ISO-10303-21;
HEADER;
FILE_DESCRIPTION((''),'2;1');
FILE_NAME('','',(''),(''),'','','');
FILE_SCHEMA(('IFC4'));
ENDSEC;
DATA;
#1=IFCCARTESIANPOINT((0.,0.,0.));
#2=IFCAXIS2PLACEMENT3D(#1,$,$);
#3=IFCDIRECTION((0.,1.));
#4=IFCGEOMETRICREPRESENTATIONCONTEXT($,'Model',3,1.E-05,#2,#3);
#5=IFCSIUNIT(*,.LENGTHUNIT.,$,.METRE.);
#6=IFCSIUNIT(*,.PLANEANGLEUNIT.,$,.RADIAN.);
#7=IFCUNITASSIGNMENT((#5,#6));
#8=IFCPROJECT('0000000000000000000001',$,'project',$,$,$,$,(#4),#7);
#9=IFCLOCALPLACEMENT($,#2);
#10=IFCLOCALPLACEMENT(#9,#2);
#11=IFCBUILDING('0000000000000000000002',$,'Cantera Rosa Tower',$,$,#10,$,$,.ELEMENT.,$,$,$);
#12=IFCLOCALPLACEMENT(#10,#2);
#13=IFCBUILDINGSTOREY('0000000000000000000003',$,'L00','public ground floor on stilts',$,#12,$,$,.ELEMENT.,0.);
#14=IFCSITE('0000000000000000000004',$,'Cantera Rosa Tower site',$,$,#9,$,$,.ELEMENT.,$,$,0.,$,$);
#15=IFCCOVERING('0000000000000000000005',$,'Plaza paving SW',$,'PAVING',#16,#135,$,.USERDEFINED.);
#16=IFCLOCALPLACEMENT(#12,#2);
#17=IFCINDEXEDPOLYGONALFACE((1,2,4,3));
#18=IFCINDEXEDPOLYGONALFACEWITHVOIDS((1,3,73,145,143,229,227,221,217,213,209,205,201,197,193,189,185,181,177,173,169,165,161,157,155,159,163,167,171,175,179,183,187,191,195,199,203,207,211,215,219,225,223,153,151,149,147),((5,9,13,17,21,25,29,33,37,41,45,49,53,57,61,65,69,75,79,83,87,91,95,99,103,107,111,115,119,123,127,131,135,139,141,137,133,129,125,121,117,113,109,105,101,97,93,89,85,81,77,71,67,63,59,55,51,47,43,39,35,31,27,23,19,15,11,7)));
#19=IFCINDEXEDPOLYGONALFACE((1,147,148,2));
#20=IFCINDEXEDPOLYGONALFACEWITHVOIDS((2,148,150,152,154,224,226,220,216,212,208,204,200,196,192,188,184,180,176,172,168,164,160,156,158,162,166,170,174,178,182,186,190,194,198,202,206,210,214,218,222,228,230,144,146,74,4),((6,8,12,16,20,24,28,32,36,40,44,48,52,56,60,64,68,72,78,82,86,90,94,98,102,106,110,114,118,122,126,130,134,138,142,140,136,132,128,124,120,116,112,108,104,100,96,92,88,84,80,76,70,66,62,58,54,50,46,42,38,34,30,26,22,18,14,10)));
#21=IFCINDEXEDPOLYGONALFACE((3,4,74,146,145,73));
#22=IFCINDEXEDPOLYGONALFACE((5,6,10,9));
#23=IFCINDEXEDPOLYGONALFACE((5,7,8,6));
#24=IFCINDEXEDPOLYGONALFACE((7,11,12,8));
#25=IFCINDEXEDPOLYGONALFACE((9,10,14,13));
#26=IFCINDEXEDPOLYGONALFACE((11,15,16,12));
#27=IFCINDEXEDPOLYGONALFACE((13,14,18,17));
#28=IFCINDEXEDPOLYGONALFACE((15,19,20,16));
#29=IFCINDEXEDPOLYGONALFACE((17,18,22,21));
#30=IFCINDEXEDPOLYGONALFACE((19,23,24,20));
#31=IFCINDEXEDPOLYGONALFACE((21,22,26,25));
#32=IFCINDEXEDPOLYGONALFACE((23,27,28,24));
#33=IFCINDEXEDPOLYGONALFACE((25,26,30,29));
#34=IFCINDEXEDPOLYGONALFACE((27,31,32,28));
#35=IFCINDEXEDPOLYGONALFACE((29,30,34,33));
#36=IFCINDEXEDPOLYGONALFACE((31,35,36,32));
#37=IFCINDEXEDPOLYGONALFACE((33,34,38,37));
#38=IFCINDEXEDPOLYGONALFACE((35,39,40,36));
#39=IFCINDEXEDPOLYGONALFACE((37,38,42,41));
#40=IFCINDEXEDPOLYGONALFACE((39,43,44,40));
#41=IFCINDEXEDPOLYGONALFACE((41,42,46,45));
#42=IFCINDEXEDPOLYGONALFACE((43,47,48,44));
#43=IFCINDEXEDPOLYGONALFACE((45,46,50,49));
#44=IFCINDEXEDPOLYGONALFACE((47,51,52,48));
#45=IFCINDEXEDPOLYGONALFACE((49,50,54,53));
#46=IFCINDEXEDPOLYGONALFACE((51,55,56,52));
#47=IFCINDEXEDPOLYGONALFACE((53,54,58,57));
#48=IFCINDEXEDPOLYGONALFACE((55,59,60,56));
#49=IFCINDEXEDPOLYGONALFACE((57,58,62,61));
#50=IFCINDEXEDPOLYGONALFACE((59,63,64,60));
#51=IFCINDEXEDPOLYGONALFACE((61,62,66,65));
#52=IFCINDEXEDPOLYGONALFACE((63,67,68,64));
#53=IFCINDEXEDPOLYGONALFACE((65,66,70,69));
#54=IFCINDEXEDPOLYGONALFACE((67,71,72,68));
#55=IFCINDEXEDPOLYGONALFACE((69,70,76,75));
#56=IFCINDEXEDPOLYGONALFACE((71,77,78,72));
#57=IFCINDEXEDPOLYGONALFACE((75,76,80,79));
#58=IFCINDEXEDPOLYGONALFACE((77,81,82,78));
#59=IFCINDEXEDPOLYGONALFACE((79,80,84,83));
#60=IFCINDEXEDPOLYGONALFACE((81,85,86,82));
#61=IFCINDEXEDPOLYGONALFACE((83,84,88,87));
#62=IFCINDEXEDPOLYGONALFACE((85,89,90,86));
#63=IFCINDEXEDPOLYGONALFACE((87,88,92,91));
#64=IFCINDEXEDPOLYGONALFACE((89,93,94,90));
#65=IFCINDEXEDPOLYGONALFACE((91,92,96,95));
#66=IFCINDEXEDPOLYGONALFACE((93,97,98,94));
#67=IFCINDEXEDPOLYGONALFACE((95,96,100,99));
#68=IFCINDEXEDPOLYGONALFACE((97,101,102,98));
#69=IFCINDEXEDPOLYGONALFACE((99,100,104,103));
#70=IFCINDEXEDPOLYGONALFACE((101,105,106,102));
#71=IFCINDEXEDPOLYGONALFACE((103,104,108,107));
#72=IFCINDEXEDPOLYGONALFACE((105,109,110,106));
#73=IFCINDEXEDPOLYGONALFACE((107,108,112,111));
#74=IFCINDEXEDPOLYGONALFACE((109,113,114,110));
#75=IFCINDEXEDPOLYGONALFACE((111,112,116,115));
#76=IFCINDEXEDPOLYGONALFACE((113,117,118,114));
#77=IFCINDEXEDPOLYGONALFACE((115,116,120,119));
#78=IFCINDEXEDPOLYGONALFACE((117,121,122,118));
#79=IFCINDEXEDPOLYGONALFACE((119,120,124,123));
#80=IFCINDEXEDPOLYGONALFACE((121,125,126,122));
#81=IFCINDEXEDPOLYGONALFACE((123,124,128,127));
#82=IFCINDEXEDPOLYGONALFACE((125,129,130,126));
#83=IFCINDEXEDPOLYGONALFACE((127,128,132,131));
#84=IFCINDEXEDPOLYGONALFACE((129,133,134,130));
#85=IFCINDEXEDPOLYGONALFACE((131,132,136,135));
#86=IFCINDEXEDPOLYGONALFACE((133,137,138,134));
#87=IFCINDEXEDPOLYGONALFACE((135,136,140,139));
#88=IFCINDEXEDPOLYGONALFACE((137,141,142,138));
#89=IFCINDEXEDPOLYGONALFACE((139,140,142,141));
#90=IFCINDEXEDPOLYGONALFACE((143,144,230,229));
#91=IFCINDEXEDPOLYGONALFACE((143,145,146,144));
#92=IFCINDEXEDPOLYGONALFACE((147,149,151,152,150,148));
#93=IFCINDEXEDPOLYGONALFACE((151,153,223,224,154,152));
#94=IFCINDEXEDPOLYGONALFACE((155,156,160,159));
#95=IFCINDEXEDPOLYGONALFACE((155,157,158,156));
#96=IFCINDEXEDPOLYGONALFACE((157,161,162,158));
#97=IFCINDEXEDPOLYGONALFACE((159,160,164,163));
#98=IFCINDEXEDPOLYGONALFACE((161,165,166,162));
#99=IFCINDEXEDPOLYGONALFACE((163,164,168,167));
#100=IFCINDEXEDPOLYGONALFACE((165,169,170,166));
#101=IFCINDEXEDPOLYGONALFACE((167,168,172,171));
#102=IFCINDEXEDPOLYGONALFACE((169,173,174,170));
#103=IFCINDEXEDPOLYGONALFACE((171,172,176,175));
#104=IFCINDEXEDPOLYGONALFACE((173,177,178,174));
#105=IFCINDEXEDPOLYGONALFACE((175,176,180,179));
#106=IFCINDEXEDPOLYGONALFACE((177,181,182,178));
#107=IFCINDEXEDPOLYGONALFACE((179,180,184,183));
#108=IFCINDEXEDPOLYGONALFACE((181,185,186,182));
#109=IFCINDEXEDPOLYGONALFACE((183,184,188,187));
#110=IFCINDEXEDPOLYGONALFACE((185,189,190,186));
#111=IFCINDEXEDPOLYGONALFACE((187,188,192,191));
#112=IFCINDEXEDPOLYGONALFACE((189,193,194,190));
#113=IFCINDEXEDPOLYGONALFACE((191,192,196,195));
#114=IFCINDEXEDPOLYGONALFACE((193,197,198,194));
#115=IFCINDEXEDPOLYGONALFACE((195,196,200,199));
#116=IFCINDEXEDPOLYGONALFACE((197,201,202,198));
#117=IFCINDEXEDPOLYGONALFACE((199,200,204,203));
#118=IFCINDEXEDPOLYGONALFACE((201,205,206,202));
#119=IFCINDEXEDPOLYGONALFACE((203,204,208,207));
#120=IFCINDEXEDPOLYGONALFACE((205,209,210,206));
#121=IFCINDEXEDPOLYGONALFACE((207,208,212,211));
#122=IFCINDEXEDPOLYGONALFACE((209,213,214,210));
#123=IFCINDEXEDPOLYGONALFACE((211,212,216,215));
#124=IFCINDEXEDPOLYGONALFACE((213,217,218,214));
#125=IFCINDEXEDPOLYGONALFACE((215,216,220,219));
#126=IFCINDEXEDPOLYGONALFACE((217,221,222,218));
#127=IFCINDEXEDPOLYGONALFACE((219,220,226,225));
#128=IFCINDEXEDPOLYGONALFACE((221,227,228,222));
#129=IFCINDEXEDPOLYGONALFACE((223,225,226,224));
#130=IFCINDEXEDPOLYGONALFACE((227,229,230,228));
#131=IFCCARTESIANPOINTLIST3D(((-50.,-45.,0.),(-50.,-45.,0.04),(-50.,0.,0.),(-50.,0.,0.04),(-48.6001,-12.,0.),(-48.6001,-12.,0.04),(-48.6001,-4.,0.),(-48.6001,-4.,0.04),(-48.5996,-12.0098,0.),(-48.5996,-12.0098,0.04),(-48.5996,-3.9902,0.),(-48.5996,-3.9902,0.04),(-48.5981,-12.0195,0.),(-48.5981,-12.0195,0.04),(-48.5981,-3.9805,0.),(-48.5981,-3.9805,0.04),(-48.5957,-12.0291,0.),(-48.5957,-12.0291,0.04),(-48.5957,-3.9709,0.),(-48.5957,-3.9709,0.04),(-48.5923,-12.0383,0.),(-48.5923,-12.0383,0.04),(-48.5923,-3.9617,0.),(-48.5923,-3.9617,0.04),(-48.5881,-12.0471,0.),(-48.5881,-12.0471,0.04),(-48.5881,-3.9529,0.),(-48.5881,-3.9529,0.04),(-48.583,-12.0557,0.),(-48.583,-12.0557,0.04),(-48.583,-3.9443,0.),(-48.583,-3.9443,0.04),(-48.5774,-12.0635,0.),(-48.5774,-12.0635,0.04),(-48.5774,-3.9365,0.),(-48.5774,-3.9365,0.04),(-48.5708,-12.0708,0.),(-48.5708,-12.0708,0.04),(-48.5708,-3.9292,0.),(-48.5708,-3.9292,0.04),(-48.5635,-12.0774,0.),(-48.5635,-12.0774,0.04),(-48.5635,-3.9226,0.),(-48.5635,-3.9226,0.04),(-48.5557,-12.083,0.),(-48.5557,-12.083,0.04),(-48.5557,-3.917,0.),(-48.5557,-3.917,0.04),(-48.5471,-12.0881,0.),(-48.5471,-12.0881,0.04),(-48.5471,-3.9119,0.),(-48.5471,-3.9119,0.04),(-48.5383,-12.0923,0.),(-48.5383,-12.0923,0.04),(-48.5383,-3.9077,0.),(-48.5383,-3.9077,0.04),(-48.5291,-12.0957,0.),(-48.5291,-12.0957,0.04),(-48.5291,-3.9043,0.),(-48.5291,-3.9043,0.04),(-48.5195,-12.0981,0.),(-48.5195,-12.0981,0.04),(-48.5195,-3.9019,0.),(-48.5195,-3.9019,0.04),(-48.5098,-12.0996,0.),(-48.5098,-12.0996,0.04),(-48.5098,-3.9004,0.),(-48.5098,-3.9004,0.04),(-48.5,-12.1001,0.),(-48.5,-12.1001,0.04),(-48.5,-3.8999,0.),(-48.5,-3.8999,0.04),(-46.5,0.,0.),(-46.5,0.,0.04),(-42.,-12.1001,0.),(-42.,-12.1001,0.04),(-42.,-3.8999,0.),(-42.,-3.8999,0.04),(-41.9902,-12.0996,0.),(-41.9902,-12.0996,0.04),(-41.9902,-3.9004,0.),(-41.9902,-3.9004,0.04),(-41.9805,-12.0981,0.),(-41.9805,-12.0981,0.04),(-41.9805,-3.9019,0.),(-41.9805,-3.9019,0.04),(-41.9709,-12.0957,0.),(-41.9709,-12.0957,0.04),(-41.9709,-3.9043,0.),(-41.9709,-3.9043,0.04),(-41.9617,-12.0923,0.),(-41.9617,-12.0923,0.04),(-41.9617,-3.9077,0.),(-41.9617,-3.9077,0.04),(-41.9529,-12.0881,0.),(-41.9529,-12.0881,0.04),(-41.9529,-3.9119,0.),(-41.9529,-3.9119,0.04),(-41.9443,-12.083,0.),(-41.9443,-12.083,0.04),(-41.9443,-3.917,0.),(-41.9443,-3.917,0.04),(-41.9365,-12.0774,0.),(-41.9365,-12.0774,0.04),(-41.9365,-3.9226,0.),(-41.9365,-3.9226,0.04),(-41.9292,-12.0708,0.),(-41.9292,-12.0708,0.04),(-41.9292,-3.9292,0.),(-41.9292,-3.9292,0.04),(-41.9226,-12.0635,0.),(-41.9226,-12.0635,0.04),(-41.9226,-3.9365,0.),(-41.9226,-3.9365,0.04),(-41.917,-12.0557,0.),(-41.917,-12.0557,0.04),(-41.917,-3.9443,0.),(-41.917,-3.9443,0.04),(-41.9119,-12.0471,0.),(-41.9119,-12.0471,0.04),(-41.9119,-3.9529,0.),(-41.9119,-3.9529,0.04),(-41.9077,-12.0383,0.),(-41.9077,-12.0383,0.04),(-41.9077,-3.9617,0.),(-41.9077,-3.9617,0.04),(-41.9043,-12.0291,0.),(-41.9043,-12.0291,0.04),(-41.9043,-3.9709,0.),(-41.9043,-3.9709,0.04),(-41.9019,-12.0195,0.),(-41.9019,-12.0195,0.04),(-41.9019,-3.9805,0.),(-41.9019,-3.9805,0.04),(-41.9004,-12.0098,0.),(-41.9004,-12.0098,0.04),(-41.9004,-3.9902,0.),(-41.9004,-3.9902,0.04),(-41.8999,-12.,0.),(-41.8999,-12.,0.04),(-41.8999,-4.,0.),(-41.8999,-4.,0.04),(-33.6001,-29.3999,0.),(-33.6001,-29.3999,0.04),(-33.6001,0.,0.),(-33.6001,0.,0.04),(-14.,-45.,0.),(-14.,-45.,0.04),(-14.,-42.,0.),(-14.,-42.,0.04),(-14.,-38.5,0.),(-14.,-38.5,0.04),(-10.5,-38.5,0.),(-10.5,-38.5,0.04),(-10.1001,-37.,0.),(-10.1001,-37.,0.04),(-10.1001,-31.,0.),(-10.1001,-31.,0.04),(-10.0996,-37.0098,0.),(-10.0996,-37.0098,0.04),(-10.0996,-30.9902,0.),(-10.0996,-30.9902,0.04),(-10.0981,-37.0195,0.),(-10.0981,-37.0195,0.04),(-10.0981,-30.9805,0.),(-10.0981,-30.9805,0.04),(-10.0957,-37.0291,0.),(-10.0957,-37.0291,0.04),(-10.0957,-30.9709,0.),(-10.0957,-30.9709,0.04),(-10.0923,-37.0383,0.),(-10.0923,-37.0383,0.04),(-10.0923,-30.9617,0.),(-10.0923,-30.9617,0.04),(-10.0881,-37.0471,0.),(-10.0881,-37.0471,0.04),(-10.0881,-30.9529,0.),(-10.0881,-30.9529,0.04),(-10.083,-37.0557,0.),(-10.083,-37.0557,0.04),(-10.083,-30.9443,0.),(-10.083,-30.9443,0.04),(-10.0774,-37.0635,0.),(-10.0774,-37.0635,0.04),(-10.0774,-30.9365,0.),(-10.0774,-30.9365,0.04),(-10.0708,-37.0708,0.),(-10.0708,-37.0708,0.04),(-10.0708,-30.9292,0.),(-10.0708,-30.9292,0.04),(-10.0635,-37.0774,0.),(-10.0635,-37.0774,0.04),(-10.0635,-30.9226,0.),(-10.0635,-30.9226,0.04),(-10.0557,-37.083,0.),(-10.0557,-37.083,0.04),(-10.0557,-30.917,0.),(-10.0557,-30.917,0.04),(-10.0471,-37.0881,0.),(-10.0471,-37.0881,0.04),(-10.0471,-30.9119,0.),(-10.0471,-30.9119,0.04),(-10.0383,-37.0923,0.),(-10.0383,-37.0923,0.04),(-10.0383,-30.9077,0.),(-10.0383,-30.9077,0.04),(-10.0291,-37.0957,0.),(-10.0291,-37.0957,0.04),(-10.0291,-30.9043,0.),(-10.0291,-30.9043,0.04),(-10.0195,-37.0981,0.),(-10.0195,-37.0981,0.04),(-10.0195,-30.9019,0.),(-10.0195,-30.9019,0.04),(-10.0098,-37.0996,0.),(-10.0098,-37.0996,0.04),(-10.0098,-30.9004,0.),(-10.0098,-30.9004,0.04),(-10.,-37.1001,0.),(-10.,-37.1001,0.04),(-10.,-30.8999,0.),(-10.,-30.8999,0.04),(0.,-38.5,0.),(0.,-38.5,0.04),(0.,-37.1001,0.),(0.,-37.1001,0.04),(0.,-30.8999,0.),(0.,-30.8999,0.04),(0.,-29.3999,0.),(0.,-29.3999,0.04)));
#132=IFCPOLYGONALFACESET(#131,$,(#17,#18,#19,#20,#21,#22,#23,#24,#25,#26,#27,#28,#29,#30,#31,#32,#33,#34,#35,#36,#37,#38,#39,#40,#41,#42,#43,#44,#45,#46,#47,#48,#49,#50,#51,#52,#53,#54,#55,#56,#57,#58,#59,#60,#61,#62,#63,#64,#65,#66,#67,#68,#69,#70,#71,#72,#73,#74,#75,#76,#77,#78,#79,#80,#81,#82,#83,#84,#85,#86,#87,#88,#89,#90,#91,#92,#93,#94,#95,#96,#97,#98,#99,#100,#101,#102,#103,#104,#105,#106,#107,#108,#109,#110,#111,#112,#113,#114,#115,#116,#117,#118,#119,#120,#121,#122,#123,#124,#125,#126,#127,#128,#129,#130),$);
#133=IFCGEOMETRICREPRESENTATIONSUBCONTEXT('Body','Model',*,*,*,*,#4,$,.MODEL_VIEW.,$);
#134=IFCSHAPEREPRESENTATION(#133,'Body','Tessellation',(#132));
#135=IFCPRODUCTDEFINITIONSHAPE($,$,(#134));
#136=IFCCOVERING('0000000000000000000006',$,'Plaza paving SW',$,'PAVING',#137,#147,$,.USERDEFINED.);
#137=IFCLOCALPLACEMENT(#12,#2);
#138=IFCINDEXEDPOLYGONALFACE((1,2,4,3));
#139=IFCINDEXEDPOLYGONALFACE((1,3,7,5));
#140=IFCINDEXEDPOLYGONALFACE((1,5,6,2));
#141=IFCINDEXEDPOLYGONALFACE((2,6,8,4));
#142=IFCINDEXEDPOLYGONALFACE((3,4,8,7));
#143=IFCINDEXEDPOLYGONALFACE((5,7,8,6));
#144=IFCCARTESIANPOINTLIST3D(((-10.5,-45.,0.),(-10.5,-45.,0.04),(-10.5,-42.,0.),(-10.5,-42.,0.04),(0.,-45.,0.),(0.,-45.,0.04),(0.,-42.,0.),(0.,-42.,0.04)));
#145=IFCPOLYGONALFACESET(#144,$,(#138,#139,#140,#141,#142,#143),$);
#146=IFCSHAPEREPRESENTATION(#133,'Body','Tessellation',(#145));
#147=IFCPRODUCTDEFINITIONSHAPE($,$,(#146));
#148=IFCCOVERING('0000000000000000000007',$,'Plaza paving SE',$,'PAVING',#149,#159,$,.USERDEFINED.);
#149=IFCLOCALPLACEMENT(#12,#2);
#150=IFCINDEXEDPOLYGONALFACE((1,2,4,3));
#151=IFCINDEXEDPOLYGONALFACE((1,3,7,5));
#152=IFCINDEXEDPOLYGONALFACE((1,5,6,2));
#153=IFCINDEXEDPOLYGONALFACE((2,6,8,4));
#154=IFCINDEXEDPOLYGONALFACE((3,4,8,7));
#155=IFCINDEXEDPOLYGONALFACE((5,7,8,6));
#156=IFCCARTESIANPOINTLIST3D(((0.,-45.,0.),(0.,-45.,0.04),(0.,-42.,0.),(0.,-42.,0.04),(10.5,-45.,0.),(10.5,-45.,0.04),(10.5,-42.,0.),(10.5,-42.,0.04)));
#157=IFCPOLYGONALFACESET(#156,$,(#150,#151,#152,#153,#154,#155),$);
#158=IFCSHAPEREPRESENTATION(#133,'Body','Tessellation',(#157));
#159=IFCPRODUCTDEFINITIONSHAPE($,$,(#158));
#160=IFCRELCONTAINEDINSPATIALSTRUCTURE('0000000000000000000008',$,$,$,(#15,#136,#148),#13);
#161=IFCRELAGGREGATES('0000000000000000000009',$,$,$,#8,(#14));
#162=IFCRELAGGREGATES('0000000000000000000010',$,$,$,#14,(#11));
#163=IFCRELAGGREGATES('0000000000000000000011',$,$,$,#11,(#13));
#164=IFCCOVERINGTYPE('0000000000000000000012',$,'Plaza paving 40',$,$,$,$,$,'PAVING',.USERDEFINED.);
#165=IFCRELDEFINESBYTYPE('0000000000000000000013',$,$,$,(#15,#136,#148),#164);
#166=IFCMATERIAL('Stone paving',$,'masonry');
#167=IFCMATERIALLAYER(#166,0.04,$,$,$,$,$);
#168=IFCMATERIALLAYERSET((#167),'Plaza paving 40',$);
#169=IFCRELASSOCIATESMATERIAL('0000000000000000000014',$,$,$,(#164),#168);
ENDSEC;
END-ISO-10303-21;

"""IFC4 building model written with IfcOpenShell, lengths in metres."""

from ifc_helpers import new_model, si_unit, direction, origin, place, context, subcontext, project, spatial, polyline, outline, extrude, material, layer, layer_set, type_object, element, save


model = new_model("IFC4")

# Units and contexts
model_context = context("Model", 3, precision=1e-05, world=origin(), true_north=direction((0.0, 1.0)))
body_context = subcontext(model_context, "Body", "Model", "MODEL_VIEW")
ifc_project = project(units=[si_unit("LENGTHUNIT", "METRE"), si_unit("PLANEANGLEUNIT", "RADIAN")], contexts=[model_context])

# Site, building, storey
site_placement = place(None, origin())
site = spatial("IfcSite", under=ifc_project, at=site_placement, Name="Cantera Rosa Tower site", CompositionType="ELEMENT", RefElevation=0.0)
building_placement = place(site_placement, origin())
building = spatial("IfcBuilding", under=site, at=building_placement, Name="Cantera Rosa Tower", CompositionType="ELEMENT")
storey_placement = place(building_placement, origin())
storey = spatial("IfcBuildingStorey", under=building, at=storey_placement, Name="L00", Description="public ground floor on stilts", CompositionType="ELEMENT", Elevation=0.0)

# Coverings
ifc_material_1 = material(Name="Stone paving", Category="masonry")
ifc_layer_1 = layer(ifc_material_1, 0.04)
ifc_layer_set_1 = layer_set([ifc_layer_1], Name="Plaza paving 40")
covering_type = type_object("IfcCoveringType", Name="Plaza paving 40", ElementType="PAVING", PredefinedType="USERDEFINED", material=ifc_layer_set_1)
covering_1_placement = place(storey_placement, origin())
element("IfcCovering", 1, at=covering_1_placement, inside=storey, type_object=covering_type, Name="Plaza paving SW", ObjectType="PAVING", PredefinedType="USERDEFINED", context=body_context, shape_type="SweptSolid", body=[
    extrude(outline(polyline([(-10.5, -38.5), (0.0, -38.5), (0.0, -37.1001), (-10.0, -37.1001), (-10.0098, -37.0996), (-10.0195, -37.0981), (-10.0291, -37.0957), (-10.0383, -37.0923), (-10.0471, -37.0881), (-10.0557, -37.083), (-10.0635, -37.0774), (-10.0708, -37.0708), (-10.0774, -37.0635), (-10.083, -37.0557), (-10.0881, -37.0471), (-10.0923, -37.0383), (-10.0957, -37.0291), (-10.0981, -37.0195), (-10.0996, -37.0098), (-10.1001, -37.0), (-10.1001, -31.0), (-10.0996, -30.9902), (-10.0981, -30.9805), (-10.0957, -30.9709), (-10.0923, -30.9617), (-10.0881, -30.9529), (-10.083, -30.9443), (-10.0774, -30.9365), (-10.0708, -30.9292), (-10.0635, -30.9226), (-10.0557, -30.917), (-10.0471, -30.9119), (-10.0383, -30.9077), (-10.0291, -30.9043), (-10.0195, -30.9019), (-10.0098, -30.9004), (-10.0, -30.8999), (0.0, -30.8999), (0.0, -29.3999), (-33.6001, -29.3999), (-33.6001, 0.0), (-46.5, 0.0), (-50.0, 0.0), (-50.0, -45.0), (-14.0, -45.0), (-14.0, -42.0), (-14.0, -38.5), (-10.5, -38.5)]), holes=[polyline([(-48.5, -12.1001), (-42.0, -12.1001), (-41.9902, -12.0996), (-41.9805, -12.0981), (-41.9709, -12.0957), (-41.9617, -12.0923), (-41.9529, -12.0881), (-41.9443, -12.083), (-41.9365, -12.0774), (-41.9292, -12.0708), (-41.9226, -12.0635), (-41.917, -12.0557), (-41.9119, -12.0471), (-41.9077, -12.0383), (-41.9043, -12.0291), (-41.9019, -12.0195), (-41.9004, -12.0098), (-41.8999, -12.0), (-41.8999, -4.0), (-41.9004, -3.9902), (-41.9019, -3.9805), (-41.9043, -3.9709), (-41.9077, -3.9617), (-41.9119, -3.9529), (-41.917, -3.9443), (-41.9226, -3.9365), (-41.9292, -3.9292), (-41.9365, -3.9226), (-41.9443, -3.917), (-41.9529, -3.9119), (-41.9617, -3.9077), (-41.9709, -3.9043), (-41.9805, -3.9019), (-41.9902, -3.9004), (-42.0, -3.8999), (-48.5, -3.8999), (-48.5098, -3.9004), (-48.5195, -3.9019), (-48.5291, -3.9043), (-48.5383, -3.9077), (-48.5471, -3.9119), (-48.5557, -3.917), (-48.5635, -3.9226), (-48.5708, -3.9292), (-48.5774, -3.9365), (-48.583, -3.9443), (-48.5881, -3.9529), (-48.5923, -3.9617), (-48.5957, -3.9709), (-48.5981, -3.9805), (-48.5996, -3.9902), (-48.6001, -4.0), (-48.6001, -12.0), (-48.5996, -12.0098), (-48.5981, -12.0195), (-48.5957, -12.0291), (-48.5923, -12.0383), (-48.5881, -12.0471), (-48.583, -12.0557), (-48.5774, -12.0635), (-48.5708, -12.0708), (-48.5635, -12.0774), (-48.5557, -12.083), (-48.5471, -12.0881), (-48.5383, -12.0923), (-48.5291, -12.0957), (-48.5195, -12.0981), (-48.5098, -12.0996), (-48.5, -12.1001)])]), origin(), (0.0, 0.0, 1.0), 0.04),
])
covering_2_placement = place(storey_placement, origin())
element("IfcCovering", 2, at=covering_2_placement, inside=storey, type_object=covering_type, Name="Plaza paving SW", ObjectType="PAVING", PredefinedType="USERDEFINED", context=body_context, shape_type="SweptSolid", body=[
    extrude(outline(polyline([(-10.5, -42.0), (-10.5, -45.0), (0.0, -45.0), (0.0, -42.0), (-10.5, -42.0)])), origin(), (0.0, 0.0, 1.0), 0.04),
])
covering_3_placement = place(storey_placement, origin())
element("IfcCovering", 3, at=covering_3_placement, inside=storey, type_object=covering_type, Name="Plaza paving SE", ObjectType="PAVING", PredefinedType="USERDEFINED", context=body_context, shape_type="SweptSolid", body=[
    extrude(outline(polyline([(10.5, -42.0), (0.0, -42.0), (0.0, -45.0), (10.5, -45.0), (10.5, -42.0)])), origin(), (0.0, 0.0, 1.0), 0.04),
])

save(model, "model.ifc")
